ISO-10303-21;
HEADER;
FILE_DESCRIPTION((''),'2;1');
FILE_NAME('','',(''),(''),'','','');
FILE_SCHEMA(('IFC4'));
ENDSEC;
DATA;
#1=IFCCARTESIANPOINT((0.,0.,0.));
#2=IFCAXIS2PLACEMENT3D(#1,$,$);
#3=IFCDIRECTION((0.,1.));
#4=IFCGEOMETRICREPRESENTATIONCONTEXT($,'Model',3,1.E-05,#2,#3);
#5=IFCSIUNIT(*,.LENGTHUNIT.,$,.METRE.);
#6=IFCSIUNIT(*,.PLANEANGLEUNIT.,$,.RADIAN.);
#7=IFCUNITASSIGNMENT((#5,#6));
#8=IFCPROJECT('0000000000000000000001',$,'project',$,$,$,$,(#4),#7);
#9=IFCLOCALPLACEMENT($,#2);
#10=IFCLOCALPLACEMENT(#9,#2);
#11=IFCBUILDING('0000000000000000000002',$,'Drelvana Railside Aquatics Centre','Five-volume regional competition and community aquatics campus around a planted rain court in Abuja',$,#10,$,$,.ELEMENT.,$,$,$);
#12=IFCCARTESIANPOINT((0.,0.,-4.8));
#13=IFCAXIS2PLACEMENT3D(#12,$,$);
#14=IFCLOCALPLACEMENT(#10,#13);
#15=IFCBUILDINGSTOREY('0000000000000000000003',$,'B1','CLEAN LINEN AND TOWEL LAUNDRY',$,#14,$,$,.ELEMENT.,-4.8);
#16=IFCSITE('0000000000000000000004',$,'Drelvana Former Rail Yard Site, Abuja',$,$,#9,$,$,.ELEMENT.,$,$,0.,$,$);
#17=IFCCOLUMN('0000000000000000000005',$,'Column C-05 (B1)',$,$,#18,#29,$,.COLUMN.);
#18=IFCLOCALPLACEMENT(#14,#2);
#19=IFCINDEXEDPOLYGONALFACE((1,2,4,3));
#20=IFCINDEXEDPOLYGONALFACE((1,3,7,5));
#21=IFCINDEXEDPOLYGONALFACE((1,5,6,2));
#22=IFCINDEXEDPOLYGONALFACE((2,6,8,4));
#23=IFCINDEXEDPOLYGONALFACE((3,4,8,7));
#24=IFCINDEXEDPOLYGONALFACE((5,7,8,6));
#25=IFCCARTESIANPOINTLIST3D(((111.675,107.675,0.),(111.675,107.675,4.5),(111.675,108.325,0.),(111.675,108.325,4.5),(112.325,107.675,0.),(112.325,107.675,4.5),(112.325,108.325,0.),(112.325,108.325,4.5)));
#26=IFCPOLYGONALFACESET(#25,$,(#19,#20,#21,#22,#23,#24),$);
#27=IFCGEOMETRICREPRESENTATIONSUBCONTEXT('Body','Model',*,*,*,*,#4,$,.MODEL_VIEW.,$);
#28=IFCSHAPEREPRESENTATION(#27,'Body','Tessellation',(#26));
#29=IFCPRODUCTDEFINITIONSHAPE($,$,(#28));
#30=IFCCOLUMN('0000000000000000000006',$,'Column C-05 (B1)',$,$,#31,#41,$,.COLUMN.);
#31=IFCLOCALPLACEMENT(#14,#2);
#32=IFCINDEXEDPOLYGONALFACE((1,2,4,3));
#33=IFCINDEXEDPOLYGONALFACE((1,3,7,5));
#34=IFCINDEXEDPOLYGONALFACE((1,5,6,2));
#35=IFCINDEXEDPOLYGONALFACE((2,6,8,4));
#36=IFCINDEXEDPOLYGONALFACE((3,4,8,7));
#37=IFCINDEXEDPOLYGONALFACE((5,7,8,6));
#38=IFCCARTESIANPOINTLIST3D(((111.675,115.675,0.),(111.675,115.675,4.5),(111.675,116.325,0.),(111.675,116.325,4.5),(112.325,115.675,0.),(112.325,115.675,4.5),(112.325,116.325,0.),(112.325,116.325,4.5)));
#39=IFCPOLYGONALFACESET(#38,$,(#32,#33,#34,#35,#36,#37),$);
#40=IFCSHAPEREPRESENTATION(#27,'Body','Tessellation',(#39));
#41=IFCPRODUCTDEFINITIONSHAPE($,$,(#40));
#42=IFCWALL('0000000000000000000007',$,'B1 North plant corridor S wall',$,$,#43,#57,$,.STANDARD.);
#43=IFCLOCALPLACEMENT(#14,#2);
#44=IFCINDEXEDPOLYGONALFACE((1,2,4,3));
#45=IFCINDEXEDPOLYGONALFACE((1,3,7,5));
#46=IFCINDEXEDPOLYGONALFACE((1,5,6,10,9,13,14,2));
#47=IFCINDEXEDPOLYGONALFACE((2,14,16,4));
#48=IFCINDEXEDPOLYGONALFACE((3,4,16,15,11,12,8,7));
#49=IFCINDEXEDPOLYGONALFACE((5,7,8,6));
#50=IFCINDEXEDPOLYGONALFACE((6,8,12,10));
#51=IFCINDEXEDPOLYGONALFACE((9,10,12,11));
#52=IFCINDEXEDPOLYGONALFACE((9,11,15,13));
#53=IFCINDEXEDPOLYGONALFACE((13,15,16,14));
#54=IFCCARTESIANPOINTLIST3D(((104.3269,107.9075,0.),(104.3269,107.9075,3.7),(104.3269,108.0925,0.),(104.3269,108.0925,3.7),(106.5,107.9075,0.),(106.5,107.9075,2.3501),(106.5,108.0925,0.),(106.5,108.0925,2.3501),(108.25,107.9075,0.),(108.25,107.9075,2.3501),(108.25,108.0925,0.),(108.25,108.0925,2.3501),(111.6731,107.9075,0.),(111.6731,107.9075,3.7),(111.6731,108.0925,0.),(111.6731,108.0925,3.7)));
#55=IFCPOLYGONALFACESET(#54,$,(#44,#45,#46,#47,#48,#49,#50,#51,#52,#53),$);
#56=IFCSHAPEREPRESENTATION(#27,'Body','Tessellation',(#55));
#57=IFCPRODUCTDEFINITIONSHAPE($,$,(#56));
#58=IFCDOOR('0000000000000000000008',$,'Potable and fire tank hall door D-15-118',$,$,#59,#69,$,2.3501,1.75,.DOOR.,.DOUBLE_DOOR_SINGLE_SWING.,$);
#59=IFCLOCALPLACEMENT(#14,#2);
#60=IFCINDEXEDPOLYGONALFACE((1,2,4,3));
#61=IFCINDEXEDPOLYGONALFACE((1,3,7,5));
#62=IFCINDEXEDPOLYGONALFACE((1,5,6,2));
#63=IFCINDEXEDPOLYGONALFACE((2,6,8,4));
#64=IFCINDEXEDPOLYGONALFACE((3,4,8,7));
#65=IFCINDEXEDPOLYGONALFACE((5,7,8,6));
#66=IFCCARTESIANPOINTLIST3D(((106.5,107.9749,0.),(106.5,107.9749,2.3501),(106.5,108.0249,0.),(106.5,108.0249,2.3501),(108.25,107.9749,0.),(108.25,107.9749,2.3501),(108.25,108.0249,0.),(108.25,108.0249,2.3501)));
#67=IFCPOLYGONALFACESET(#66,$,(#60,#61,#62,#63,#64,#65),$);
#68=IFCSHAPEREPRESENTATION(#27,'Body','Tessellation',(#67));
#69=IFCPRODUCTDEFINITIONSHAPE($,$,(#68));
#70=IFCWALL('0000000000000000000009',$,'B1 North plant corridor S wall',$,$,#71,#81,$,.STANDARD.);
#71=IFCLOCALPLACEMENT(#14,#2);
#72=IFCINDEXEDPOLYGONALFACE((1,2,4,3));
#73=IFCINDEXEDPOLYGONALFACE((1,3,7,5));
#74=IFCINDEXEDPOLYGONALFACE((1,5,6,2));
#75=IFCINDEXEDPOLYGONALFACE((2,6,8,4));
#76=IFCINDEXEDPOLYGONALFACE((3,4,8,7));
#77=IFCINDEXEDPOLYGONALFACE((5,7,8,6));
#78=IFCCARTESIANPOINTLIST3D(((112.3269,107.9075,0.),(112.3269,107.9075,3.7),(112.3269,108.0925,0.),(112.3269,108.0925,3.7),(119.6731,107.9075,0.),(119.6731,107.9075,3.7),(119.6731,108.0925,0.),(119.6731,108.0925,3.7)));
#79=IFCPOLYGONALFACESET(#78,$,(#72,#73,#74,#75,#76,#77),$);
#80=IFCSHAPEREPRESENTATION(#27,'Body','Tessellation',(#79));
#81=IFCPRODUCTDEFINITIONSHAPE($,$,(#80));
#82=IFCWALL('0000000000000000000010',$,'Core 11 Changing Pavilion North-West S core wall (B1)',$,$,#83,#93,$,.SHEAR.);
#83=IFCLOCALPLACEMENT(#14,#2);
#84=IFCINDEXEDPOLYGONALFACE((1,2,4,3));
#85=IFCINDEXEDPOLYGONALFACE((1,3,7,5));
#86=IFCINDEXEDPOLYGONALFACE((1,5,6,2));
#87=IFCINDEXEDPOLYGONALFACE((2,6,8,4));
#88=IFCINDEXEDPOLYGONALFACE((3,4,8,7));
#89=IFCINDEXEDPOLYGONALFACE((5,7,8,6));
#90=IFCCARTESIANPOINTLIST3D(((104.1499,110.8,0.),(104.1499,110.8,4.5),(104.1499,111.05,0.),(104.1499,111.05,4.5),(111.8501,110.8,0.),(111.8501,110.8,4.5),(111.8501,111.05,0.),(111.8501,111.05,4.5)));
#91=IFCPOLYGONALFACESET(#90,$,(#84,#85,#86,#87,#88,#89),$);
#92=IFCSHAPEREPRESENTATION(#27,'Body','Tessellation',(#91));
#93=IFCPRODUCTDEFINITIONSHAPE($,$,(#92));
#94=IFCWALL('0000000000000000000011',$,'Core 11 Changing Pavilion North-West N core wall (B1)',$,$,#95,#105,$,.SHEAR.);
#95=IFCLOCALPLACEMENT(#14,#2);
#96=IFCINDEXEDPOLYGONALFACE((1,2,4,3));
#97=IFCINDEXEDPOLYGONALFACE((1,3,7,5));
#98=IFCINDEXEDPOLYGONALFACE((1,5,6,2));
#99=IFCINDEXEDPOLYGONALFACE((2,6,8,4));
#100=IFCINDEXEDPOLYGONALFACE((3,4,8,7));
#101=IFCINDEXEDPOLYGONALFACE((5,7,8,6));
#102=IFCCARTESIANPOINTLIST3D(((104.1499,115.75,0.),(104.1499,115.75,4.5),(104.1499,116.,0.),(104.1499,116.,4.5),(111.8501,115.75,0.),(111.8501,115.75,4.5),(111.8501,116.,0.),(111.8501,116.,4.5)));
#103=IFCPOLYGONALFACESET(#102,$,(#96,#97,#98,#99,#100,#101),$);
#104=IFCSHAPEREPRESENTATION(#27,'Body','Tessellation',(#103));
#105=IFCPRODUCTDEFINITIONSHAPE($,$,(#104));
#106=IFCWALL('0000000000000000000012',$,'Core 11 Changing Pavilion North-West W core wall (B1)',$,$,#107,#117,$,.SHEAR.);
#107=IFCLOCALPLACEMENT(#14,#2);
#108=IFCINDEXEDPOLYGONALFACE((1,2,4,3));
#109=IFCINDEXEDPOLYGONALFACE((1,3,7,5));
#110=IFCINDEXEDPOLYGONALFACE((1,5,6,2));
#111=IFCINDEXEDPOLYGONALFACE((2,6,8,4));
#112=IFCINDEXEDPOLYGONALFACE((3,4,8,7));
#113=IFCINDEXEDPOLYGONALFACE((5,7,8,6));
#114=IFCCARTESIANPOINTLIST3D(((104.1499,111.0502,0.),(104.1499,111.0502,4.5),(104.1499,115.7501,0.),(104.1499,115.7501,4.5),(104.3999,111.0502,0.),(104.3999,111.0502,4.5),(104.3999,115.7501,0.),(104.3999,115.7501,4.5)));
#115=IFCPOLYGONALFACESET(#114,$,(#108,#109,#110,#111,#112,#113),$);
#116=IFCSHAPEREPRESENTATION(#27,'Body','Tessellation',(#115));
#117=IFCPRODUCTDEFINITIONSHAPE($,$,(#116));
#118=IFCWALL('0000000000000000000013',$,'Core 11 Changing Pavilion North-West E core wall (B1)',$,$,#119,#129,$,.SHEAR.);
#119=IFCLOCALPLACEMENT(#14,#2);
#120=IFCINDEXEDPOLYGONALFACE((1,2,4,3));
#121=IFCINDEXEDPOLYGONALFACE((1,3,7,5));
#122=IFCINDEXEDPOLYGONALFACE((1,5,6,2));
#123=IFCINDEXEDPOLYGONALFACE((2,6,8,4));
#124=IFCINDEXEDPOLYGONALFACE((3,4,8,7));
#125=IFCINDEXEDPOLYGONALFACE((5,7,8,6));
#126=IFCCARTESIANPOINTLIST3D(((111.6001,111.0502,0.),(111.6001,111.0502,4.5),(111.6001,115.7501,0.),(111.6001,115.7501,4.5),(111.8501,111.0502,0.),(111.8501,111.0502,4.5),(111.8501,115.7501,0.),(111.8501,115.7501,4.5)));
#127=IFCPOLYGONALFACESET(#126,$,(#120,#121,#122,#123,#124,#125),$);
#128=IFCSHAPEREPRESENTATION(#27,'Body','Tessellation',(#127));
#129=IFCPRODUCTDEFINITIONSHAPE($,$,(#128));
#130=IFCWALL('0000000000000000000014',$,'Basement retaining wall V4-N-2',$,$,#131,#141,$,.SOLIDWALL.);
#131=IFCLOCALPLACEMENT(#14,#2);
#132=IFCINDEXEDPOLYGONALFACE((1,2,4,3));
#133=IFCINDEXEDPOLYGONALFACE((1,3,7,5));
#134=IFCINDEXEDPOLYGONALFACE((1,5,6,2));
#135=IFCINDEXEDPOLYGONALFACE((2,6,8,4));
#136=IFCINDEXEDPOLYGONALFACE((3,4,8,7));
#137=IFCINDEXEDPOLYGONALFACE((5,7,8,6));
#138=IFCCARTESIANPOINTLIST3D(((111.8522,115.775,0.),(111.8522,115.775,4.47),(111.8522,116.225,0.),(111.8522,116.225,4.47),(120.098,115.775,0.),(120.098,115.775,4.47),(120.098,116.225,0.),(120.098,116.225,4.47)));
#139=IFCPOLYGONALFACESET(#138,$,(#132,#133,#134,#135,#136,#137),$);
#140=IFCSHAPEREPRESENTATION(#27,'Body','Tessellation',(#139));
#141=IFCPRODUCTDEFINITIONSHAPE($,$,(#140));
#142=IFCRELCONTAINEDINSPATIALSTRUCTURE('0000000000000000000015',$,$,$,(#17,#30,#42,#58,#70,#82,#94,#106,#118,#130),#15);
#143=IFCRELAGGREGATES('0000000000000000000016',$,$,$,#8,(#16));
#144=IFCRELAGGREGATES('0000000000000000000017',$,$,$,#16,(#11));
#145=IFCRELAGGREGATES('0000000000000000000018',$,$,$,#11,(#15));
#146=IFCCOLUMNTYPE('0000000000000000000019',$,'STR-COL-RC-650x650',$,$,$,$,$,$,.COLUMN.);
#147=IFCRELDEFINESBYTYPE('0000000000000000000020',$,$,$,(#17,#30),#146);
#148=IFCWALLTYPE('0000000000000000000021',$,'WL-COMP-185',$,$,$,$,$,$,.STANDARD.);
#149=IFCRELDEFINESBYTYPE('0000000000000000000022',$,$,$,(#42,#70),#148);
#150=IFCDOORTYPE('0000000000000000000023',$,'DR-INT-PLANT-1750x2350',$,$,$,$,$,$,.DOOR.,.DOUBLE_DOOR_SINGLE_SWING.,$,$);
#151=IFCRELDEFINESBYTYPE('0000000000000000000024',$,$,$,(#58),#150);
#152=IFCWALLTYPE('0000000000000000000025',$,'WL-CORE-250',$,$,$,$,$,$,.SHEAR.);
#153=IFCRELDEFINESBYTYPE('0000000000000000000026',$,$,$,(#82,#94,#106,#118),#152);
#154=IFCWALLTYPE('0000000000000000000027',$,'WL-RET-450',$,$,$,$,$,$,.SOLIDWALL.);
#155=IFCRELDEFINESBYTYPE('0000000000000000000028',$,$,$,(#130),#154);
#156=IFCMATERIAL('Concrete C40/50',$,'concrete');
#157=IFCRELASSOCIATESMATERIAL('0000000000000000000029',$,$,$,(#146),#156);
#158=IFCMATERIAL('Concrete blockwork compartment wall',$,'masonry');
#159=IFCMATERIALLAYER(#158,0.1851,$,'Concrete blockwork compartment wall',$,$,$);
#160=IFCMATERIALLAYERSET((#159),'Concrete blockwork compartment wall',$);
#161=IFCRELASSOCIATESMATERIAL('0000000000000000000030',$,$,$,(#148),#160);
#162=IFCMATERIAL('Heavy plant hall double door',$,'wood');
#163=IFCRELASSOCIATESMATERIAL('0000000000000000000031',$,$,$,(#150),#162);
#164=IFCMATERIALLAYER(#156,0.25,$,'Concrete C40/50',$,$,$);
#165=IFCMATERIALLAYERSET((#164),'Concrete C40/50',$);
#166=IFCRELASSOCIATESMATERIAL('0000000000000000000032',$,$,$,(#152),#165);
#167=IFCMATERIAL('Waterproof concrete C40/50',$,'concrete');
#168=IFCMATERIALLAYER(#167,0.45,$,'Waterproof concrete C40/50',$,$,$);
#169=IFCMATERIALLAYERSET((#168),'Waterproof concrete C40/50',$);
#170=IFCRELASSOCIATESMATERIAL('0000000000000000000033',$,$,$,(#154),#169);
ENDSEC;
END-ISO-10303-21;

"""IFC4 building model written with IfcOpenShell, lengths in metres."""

from ifc_helpers import new_model, si_unit, direction, frame, frame_2d, origin, origin_2d, place, context, subcontext, project, spatial, rectangle, extrude, material, layer, layer_set, material_profile, profile_set, type_object, element, fill, save


model = new_model("IFC4")

# Units and contexts
model_context = context("Model", 3, precision=1e-05, world=origin(), true_north=direction((0.0, 1.0)))
body_context = subcontext(model_context, "Body", "Model", "MODEL_VIEW")
ifc_project = project(units=[si_unit("LENGTHUNIT", "METRE"), si_unit("PLANEANGLEUNIT", "RADIAN")], contexts=[model_context])

# Site, building, storey
site_placement = place(None, origin())
site = spatial("IfcSite", under=ifc_project, at=site_placement, Name="Drelvana Former Rail Yard Site, Abuja", CompositionType="ELEMENT", RefElevation=0.0)
building_placement = place(site_placement, origin())
building = spatial("IfcBuilding", under=site, at=building_placement, Name="Drelvana Railside Aquatics Centre", Description="Five-volume regional competition and community aquatics campus around a planted rain court in Abuja", CompositionType="ELEMENT")
storey_placement = place(building_placement, frame((0.0, 0.0, -4.8)))
storey = spatial("IfcBuildingStorey", under=building, at=storey_placement, Name="B1", Description="CLEAN LINEN AND TOWEL LAUNDRY", CompositionType="ELEMENT", Elevation=-4.8)

# Columns
ifc_material_1 = material(Name="Concrete C40/50", Category="concrete")
ifc_material_profile_1 = material_profile(ifc_material_1, rectangle(XDim=0.6499, YDim=0.6499, at=origin_2d()), Name="RC 650x650")
ifc_profile_set_1 = profile_set([ifc_material_profile_1], Name="Concrete C40/50")
column_type = type_object("IfcColumnType", Name="STR-COL-RC-650x650", PredefinedType="COLUMN", material=ifc_profile_set_1)
for number, where, z_axis, x_axis, name in (
    (1, (112.0, 108.0, 0.0), (0.0, 0.0, 1.0), (1.0, 0.0, 0.0), "Column C-05 (B1)"),
    (2, (112.0, 116.0, 0.0), (0.0, 0.0, 1.0), (1.0, 0.0, 0.0), "Column C-05 (B1)"),
):
    element("IfcColumn", number, at=place(storey_placement, frame(where, z_axis=z_axis, x_axis=x_axis)), inside=storey, type_object=column_type, Name=name, PredefinedType="COLUMN", context=body_context, shape_type="SweptSolid", body=[
        extrude(rectangle(XDim=0.6499, YDim=0.6499, at=origin_2d()), origin(), (0.0, 0.0, 1.0), 4.5),
    ])

# Wall, opening, door
ifc_material_2 = material(Name="Concrete blockwork compartment wall", Category="masonry")
ifc_layer_1 = layer(ifc_material_2, 0.1851, Name="Concrete blockwork compartment wall")
ifc_layer_set_1 = layer_set([ifc_layer_1], Name="Concrete blockwork compartment wall")
wall_type_1 = type_object("IfcWallType", Name="WL-COMP-185", PredefinedType="STANDARD", material=ifc_layer_set_1)
wall_1_placement = place(storey_placement, frame((104.3269, 108.0, 0.0), z_axis=(0.0, 0.0, 1.0), x_axis=(1.0, 0.0, 0.0)))
wall_1 = element("IfcWall", 3, at=wall_1_placement, inside=storey, type_object=wall_type_1, Name="B1 North plant corridor S wall", PredefinedType="STANDARD", context=body_context, shape_type="SweptSolid", body=[
    extrude(rectangle(XDim=7.3462, YDim=0.1851, at=frame_2d((3.6731, 0.0))), origin(), (0.0, 0.0, 1.0), 3.7),
])
opening_placement = place(wall_1_placement, frame((2.1731, 0.0, 0.0)))
opening = element("IfcOpeningElement", 4, at=opening_placement, cuts=wall_1, PredefinedType="OPENING", context=body_context, shape_type="SweptSolid", body=[
    extrude(rectangle(XDim=1.75, YDim=2.3501, at=frame_2d((0.875, 1.175))), frame((0.0, 0.1025, 0.0), z_axis=(0.0, -1.0, 0.0), x_axis=(1.0, 0.0, 0.0)), (0.0, 0.0, 1.0), 0.2051),
])
ifc_material_3 = material(Name="Heavy plant hall double door", Category="wood")
door_type = type_object("IfcDoorType", Name="DR-INT-PLANT-1750x2350", OperationType="DOUBLE_DOOR_SINGLE_SWING", PredefinedType="DOOR", material=ifc_material_3)
door_placement = place(opening_placement, origin())
door = element("IfcDoor", 5, at=door_placement, inside=storey, type_object=door_type, Name="Potable and fire tank hall door D-15-118", OperationType="DOUBLE_DOOR_SINGLE_SWING", OverallHeight=2.3501, OverallWidth=1.75, PredefinedType="DOOR", context=body_context, shape_type="SweptSolid", body=[
    extrude(rectangle(XDim=1.75, YDim=2.3501, at=frame_2d((0.875, 1.175))), frame((0.0, 0.0249, 0.0), z_axis=(0.0, -1.0, 0.0), x_axis=(1.0, 0.0, 0.0)), (0.0, 0.0, 1.0), 0.05),
])
fill(opening, door)

# Walls
wall_2_placement = place(storey_placement, frame((112.3269, 108.0, 0.0), z_axis=(0.0, 0.0, 1.0), x_axis=(1.0, 0.0, 0.0)))
element("IfcWall", 6, at=wall_2_placement, inside=storey, type_object=wall_type_1, Name="B1 North plant corridor S wall", PredefinedType="STANDARD", context=body_context, shape_type="SweptSolid", body=[
    extrude(rectangle(XDim=7.3462, YDim=0.1851, at=frame_2d((3.6731, 0.0))), origin(), (0.0, 0.0, 1.0), 3.7),
])
ifc_layer_2 = layer(ifc_material_1, 0.25, Name="Concrete C40/50")
ifc_layer_set_2 = layer_set([ifc_layer_2], Name="Concrete C40/50")
wall_type_2 = type_object("IfcWallType", Name="WL-CORE-250", PredefinedType="SHEAR", material=ifc_layer_set_2)
for number, where, z_axis, x_axis, name in (
    (7, (104.1499, 110.925, 0.0), (0.0, 0.0, 1.0), (1.0, 0.0, 0.0), "Core 11 Changing Pavilion North-West S core wall (B1)"),
    (8, (104.1499, 115.875, 0.0), (0.0, 0.0, 1.0), (1.0, 0.0, 0.0), "Core 11 Changing Pavilion North-West N core wall (B1)"),
):
    element("IfcWall", number, at=place(storey_placement, frame(where, z_axis=z_axis, x_axis=x_axis)), inside=storey, type_object=wall_type_2, Name=name, PredefinedType="SHEAR", context=body_context, shape_type="SweptSolid", body=[
        extrude(rectangle(XDim=7.7002, YDim=0.25, at=frame_2d((3.8501, 0.0))), origin(), (0.0, 0.0, 1.0), 4.5),
    ])
for number, where, z_axis, x_axis, name in (
    (9, (104.2749, 111.05, 0.0), (0.0, 0.0, 1.0), (0.0, 1.0, 0.0), "Core 11 Changing Pavilion North-West W core wall (B1)"),
    (10, (111.7251, 111.05, 0.0), (0.0, 0.0, 1.0), (0.0, 1.0, 0.0), "Core 11 Changing Pavilion North-West E core wall (B1)"),
):
    element("IfcWall", number, at=place(storey_placement, frame(where, z_axis=z_axis, x_axis=x_axis)), inside=storey, type_object=wall_type_2, Name=name, PredefinedType="SHEAR", context=body_context, shape_type="SweptSolid", body=[
        extrude(rectangle(XDim=4.7, YDim=0.25, at=frame_2d((2.3501, 0.0))), origin(), (0.0, 0.0, 1.0), 4.5),
    ])
ifc_material_4 = material(Name="Waterproof concrete C40/50", Category="concrete")
ifc_layer_3 = layer(ifc_material_4, 0.45, Name="Waterproof concrete C40/50")
ifc_layer_set_3 = layer_set([ifc_layer_3], Name="Waterproof concrete C40/50")
wall_type_3 = type_object("IfcWallType", Name="WL-RET-450", PredefinedType="SOLIDWALL", material=ifc_layer_set_3)
wall_3_placement = place(storey_placement, frame((111.8521, 116.0, 0.0), z_axis=(0.0, 0.0, 1.0), x_axis=(1.0, 0.0, 0.0)))
element("IfcWall", 11, at=wall_3_placement, inside=storey, type_object=wall_type_3, Name="Basement retaining wall V4-N-2", PredefinedType="SOLIDWALL", context=body_context, shape_type="SweptSolid", body=[
    extrude(rectangle(XDim=8.2458, YDim=0.45, at=frame_2d((4.123, 0.0))), origin(), (0.0, 0.0, 1.0), 4.47),
])

save(model, "model.ifc")
